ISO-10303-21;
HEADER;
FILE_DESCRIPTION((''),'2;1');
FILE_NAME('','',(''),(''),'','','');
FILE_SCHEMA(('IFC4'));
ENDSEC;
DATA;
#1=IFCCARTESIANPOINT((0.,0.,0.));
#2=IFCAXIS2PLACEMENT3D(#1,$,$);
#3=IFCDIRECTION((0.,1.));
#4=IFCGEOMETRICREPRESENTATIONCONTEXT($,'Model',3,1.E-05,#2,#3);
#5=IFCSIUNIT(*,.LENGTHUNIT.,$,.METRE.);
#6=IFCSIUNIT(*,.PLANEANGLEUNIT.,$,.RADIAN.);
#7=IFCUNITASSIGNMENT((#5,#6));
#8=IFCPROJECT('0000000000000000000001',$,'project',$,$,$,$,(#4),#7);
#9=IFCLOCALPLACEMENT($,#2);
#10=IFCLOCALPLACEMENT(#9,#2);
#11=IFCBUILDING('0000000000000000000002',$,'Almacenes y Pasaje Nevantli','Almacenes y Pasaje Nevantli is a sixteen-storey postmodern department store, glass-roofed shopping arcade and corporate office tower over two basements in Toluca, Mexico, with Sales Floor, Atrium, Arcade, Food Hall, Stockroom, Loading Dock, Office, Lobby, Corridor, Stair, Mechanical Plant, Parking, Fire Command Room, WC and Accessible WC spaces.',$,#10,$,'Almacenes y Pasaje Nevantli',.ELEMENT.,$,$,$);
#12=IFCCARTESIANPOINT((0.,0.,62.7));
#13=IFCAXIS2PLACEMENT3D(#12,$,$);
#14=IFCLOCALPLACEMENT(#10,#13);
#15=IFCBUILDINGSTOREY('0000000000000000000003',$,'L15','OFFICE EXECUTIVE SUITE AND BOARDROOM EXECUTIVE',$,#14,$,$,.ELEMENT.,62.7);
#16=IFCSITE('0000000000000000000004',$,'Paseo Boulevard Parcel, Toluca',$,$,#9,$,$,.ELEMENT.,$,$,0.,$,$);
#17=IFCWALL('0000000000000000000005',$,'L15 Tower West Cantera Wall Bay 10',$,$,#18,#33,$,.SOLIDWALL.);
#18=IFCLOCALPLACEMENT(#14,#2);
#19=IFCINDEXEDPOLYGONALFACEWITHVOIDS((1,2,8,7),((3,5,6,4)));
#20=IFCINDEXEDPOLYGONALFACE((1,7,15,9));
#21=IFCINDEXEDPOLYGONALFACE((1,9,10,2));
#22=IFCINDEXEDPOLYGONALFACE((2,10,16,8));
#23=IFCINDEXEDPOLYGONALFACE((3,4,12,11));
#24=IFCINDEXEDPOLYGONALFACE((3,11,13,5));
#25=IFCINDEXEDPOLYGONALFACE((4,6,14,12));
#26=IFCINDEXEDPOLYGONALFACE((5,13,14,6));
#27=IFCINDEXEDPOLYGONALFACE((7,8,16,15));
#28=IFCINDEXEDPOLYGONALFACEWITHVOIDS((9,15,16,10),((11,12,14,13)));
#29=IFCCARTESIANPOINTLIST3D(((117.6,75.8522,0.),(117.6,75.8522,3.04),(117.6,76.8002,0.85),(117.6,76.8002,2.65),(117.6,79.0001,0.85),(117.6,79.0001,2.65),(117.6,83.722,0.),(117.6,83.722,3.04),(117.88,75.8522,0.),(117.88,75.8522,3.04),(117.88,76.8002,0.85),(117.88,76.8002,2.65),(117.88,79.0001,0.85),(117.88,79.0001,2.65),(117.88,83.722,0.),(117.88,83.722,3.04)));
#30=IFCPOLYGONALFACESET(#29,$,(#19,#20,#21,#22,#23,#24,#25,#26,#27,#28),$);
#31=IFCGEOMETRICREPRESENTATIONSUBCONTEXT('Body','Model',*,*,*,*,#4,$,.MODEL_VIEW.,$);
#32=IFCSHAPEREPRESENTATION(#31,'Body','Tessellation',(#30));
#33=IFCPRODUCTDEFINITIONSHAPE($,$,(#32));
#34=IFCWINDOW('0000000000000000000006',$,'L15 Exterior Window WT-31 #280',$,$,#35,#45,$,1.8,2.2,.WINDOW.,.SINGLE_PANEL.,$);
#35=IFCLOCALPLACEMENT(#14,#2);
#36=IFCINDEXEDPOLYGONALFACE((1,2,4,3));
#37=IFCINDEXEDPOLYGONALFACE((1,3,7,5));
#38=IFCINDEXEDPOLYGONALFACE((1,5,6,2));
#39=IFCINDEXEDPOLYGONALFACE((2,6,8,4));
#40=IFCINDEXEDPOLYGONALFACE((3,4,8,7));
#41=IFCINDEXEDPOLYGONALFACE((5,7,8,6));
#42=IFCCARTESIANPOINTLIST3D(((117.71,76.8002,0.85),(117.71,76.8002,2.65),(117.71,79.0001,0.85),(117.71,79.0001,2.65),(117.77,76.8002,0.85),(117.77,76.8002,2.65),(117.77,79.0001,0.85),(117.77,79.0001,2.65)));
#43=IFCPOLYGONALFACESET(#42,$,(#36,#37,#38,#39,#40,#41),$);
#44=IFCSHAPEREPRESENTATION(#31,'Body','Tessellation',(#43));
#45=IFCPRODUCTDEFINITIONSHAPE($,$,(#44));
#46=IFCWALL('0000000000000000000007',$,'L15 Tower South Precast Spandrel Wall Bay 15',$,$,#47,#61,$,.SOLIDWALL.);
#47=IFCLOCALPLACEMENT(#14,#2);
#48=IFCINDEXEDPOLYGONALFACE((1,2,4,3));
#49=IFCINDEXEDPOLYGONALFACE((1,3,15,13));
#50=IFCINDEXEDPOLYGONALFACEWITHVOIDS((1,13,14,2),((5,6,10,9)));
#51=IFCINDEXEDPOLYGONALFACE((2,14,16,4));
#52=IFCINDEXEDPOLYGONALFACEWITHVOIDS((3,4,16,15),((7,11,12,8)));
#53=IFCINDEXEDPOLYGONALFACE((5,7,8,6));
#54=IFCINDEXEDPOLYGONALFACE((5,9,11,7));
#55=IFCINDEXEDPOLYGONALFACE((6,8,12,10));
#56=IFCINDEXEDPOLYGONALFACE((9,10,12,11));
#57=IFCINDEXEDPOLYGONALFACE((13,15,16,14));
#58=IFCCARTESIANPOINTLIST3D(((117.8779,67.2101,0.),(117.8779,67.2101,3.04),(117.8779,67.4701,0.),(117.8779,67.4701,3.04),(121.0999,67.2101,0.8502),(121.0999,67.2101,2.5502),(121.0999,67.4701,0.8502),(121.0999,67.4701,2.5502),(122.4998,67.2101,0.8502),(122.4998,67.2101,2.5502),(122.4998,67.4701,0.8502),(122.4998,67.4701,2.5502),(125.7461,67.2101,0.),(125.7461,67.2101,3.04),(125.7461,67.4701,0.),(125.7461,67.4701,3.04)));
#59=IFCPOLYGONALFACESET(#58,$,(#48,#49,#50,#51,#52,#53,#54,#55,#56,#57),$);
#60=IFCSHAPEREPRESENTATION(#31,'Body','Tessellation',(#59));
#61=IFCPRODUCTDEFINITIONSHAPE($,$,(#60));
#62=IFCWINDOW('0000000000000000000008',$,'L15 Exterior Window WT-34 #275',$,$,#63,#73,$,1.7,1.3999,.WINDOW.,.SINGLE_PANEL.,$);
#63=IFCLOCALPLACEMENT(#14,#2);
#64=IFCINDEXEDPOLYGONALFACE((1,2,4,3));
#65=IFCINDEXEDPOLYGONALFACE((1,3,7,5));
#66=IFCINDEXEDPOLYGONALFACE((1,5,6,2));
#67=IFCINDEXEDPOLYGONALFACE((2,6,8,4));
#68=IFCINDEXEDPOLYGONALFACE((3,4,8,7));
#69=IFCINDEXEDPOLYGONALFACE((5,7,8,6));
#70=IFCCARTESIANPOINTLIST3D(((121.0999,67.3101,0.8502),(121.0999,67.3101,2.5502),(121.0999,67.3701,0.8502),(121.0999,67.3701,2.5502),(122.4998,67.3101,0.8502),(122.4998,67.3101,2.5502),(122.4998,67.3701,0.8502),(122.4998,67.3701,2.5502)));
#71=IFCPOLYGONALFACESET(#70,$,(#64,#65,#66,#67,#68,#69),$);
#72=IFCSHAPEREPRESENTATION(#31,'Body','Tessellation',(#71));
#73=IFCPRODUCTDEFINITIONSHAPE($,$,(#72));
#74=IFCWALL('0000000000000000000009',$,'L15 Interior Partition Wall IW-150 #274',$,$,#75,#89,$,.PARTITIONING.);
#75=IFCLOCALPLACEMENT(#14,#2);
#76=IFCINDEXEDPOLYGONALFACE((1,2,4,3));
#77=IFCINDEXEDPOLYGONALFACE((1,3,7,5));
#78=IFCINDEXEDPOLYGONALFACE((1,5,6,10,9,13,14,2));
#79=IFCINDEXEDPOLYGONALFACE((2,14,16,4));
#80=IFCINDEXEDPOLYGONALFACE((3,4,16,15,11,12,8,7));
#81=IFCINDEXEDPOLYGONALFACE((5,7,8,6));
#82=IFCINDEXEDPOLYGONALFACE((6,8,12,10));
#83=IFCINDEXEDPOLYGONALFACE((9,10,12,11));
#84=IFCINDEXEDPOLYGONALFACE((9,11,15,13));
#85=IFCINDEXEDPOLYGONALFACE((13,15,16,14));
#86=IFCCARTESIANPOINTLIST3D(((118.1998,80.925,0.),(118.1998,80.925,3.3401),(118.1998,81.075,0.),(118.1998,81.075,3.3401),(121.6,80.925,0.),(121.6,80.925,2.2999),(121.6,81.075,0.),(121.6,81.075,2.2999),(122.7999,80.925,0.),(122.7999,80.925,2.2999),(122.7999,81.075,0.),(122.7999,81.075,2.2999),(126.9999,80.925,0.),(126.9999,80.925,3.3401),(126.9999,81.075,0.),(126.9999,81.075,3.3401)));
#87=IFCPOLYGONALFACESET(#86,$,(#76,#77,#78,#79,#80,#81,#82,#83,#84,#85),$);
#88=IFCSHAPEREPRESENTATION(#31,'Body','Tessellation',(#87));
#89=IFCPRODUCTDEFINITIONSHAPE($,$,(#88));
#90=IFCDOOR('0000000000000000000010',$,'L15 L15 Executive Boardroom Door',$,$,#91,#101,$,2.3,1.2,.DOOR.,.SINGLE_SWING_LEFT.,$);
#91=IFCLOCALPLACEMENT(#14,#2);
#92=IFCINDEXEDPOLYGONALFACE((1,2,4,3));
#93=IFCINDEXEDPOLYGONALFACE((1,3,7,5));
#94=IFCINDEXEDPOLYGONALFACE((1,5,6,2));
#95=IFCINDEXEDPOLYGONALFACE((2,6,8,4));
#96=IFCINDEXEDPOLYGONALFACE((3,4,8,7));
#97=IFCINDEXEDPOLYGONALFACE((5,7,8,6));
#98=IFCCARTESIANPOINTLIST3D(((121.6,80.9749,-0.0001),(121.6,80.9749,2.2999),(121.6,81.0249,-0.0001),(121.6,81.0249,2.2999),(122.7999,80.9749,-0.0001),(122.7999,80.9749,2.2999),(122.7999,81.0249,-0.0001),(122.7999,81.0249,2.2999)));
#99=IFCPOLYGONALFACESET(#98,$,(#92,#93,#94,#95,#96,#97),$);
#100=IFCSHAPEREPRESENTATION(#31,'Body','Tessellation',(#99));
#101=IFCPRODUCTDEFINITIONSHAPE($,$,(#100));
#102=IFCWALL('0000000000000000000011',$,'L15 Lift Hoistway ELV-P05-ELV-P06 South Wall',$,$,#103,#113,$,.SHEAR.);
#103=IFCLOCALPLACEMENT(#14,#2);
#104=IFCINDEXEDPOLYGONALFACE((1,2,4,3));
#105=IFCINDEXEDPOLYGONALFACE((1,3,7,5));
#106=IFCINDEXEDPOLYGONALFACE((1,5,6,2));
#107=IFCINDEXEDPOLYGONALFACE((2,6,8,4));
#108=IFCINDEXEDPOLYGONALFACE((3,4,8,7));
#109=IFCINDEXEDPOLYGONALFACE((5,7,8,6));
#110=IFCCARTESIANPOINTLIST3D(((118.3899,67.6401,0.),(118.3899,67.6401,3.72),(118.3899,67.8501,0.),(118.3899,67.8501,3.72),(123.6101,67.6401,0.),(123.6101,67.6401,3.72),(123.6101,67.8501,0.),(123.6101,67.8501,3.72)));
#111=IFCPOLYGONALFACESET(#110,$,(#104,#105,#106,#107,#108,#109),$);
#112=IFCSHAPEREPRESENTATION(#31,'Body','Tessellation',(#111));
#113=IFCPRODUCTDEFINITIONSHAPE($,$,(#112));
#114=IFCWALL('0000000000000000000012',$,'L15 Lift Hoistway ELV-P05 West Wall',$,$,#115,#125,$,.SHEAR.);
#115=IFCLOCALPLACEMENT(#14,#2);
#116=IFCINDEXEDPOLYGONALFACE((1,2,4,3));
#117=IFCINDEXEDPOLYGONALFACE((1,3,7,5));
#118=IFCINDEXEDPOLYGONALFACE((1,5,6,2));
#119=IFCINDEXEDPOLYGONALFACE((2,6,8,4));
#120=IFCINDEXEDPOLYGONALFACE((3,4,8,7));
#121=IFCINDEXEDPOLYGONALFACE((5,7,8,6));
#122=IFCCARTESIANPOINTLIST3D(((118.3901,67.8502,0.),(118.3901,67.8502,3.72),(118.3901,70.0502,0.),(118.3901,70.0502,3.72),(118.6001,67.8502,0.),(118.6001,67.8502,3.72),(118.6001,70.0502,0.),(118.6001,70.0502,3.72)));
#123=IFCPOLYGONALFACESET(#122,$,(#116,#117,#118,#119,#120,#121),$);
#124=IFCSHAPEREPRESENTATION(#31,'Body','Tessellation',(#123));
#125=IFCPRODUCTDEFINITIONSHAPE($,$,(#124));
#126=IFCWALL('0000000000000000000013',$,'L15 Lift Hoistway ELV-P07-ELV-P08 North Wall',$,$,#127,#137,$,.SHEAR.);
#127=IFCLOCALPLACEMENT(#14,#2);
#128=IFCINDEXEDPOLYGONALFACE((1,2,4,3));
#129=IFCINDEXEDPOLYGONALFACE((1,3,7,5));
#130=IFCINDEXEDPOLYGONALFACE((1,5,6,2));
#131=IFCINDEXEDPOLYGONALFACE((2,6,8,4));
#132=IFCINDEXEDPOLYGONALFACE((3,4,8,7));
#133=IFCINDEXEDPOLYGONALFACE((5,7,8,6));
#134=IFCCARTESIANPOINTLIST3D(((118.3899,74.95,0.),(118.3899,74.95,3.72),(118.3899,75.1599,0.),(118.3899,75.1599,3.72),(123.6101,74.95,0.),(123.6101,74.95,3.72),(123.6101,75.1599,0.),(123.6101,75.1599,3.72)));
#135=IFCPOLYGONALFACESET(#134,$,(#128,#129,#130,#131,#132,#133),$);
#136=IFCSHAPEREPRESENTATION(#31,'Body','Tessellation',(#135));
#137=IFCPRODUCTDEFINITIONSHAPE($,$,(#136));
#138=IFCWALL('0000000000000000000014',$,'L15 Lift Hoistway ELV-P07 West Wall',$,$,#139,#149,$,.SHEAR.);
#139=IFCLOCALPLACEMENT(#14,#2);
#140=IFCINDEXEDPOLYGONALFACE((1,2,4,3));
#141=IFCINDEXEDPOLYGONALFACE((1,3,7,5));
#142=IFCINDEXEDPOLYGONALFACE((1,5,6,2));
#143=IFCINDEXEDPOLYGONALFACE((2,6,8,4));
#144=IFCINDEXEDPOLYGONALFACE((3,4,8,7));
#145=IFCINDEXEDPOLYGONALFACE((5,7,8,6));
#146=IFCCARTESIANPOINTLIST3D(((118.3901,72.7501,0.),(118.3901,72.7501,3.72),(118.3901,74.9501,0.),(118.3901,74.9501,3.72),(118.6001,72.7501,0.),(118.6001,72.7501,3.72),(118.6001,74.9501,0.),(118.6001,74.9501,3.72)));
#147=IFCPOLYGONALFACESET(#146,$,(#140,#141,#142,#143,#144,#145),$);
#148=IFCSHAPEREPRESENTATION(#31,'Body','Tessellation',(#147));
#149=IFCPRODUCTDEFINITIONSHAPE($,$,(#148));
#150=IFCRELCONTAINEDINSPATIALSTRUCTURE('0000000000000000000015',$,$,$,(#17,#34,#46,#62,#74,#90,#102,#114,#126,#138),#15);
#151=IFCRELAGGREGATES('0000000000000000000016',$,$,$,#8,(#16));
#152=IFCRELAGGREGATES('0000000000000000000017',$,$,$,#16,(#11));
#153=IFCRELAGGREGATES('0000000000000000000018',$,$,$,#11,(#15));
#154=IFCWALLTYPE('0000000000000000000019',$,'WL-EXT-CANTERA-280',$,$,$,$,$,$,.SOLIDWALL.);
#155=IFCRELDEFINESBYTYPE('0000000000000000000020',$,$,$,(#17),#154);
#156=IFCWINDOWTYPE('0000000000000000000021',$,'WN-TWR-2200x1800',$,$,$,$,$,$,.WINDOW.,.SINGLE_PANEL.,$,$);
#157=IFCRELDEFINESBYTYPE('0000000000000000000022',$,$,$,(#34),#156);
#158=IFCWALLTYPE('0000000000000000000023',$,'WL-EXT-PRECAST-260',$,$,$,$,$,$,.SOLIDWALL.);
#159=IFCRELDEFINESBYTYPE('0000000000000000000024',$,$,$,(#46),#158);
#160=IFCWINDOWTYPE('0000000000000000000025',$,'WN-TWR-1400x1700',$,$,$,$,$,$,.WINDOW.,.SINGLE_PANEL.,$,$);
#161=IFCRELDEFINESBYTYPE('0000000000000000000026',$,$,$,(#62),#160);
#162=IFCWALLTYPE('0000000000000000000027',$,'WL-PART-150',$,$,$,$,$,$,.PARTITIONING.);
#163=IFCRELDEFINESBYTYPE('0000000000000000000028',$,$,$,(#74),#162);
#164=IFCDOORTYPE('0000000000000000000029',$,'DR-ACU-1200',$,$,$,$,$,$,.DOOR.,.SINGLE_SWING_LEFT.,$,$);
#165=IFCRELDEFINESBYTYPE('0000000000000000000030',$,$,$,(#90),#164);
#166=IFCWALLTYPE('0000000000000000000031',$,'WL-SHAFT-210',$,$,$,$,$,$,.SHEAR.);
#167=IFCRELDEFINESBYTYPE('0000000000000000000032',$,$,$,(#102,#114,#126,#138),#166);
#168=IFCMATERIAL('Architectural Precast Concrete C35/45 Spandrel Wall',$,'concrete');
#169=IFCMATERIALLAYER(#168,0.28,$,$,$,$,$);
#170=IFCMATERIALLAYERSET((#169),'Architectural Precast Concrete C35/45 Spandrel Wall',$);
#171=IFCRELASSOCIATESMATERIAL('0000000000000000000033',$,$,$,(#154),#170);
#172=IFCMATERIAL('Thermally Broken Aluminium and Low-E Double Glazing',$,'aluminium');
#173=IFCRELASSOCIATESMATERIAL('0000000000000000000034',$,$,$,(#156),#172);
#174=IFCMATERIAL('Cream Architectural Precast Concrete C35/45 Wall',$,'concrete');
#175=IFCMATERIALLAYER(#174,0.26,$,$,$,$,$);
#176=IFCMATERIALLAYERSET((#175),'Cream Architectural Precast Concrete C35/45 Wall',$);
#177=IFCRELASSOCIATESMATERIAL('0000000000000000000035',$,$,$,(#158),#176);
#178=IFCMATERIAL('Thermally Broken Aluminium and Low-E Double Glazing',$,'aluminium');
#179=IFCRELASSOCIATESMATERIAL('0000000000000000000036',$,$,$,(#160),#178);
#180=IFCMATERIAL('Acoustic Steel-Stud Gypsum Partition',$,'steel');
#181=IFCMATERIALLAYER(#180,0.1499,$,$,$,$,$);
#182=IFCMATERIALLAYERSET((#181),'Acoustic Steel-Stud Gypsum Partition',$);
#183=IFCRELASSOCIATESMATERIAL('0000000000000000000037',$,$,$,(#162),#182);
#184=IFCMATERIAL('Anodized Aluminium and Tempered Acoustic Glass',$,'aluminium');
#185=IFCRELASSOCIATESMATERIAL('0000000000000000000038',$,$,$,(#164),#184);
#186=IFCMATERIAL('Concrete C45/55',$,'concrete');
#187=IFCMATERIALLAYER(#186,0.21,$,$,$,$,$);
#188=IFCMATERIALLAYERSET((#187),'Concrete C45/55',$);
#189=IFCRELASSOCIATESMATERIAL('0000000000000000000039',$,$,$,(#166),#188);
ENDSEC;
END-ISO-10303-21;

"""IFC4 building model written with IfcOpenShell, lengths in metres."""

from ifc_helpers import new_model, si_unit, direction, frame, frame_2d, origin, place, context, subcontext, project, spatial, rectangle, extrude, material, layer, layer_set, type_object, element, fill, save


model = new_model("IFC4")

# Units and contexts
model_context = context("Model", 3, precision=1e-05, world=origin(), true_north=direction((0.0, 1.0)))
body_context = subcontext(model_context, "Body", "Model", "MODEL_VIEW")
ifc_project = project(units=[si_unit("LENGTHUNIT", "METRE"), si_unit("PLANEANGLEUNIT", "RADIAN")], contexts=[model_context])

# Site, building, storey
site_placement = place(None, origin())
site = spatial("IfcSite", under=ifc_project, at=site_placement, Name="Paseo Boulevard Parcel, Toluca", CompositionType="ELEMENT", RefElevation=0.0)
building_placement = place(site_placement, origin())
building = spatial("IfcBuilding", under=site, at=building_placement, Name="Almacenes y Pasaje Nevantli", Description="Almacenes y Pasaje Nevantli is a sixteen-storey postmodern department store, glass-roofed shopping arcade and corporate office tower over two basements in Toluca, Mexico, with Sales Floor, Atrium, Arcade, Food Hall, Stockroom, Loading Dock, Office, Lobby, Corridor, Stair, Mechanical Plant, Parking, Fire Command Room, WC and Accessible WC spaces.", LongName="Almacenes y Pasaje Nevantli", CompositionType="ELEMENT")
storey_placement = place(building_placement, frame((0.0, 0.0, 62.7)))
storey = spatial("IfcBuildingStorey", under=building, at=storey_placement, Name="L15", Description="OFFICE EXECUTIVE SUITE AND BOARDROOM EXECUTIVE", CompositionType="ELEMENT", Elevation=62.7)

# Walls, openings, windows
ifc_material_1 = material(Name="Architectural Precast Concrete C35/45 Spandrel Wall", Category="concrete")
ifc_layer_1 = layer(ifc_material_1, 0.28)
ifc_layer_set_1 = layer_set([ifc_layer_1], Name="Architectural Precast Concrete C35/45 Spandrel Wall")
wall_type_1 = type_object("IfcWallType", Name="WL-EXT-CANTERA-280", PredefinedType="SOLIDWALL", material=ifc_layer_set_1)
wall_1_placement = place(storey_placement, frame((117.74, 75.8521, 0.0), z_axis=(0.0, 0.0, 1.0), x_axis=(0.0, 1.0, 0.0)))
wall_1 = element("IfcWall", 1, at=wall_1_placement, inside=storey, type_object=wall_type_1, Name="L15 Tower West Cantera Wall Bay 10", PredefinedType="SOLIDWALL", context=body_context, shape_type="SweptSolid", body=[
    extrude(rectangle(XDim=7.8699, YDim=0.28, at=frame_2d((3.9351, 0.0))), origin(), (0.0, 0.0, 1.0), 3.04),
])
opening_1_placement = place(wall_1_placement, frame((0.948, 0.0, 0.8501)))
opening_1 = element("IfcOpeningElement", 2, at=opening_1_placement, cuts=wall_1, PredefinedType="OPENING", context=body_context, shape_type="SweptSolid", body=[
    extrude(rectangle(XDim=2.2, YDim=1.8, at=frame_2d((1.1001, 0.8999))), frame((0.0, 0.1499, 0.0), z_axis=(0.0, -1.0, 0.0), x_axis=(1.0, 0.0, 0.0)), (0.0, 0.0, 1.0), 0.3),
])
ifc_material_2 = material(Name="Thermally Broken Aluminium and Low-E Double Glazing", Category="aluminium")
window_type_1 = type_object("IfcWindowType", Name="WN-TWR-2200x1800", PartitioningType="SINGLE_PANEL", PredefinedType="WINDOW", material=ifc_material_2)
window_1_placement = place(opening_1_placement, origin())
window_1 = element("IfcWindow", 3, at=window_1_placement, inside=storey, type_object=window_type_1, Name="L15 Exterior Window WT-31 #280", OverallHeight=1.8, OverallWidth=2.2, PartitioningType="SINGLE_PANEL", PredefinedType="WINDOW", context=body_context, shape_type="SweptSolid", body=[
    extrude(rectangle(XDim=2.2, YDim=1.8, at=frame_2d((1.1001, 0.8999))), frame((0.0, 0.03, 0.0), z_axis=(0.0, -1.0, 0.0), x_axis=(1.0, 0.0, 0.0)), (0.0, 0.0, 1.0), 0.0601),
])
fill(opening_1, window_1)
ifc_material_3 = material(Name="Cream Architectural Precast Concrete C35/45 Wall", Category="concrete")
ifc_layer_2 = layer(ifc_material_3, 0.26)
ifc_layer_set_2 = layer_set([ifc_layer_2], Name="Cream Architectural Precast Concrete C35/45 Wall")
wall_type_2 = type_object("IfcWallType", Name="WL-EXT-PRECAST-260", PredefinedType="SOLIDWALL", material=ifc_layer_set_2)
wall_2_placement = place(storey_placement, frame((117.8779, 67.3401, 0.0), z_axis=(0.0, 0.0, 1.0), x_axis=(1.0, 0.0, 0.0)))
wall_2 = element("IfcWall", 4, at=wall_2_placement, inside=storey, type_object=wall_type_2, Name="L15 Tower South Precast Spandrel Wall Bay 15", PredefinedType="SOLIDWALL", context=body_context, shape_type="SweptSolid", body=[
    extrude(rectangle(XDim=7.8682, YDim=0.26, at=frame_2d((3.9341, 0.0))), origin(), (0.0, 0.0, 1.0), 3.04),
])
opening_2_placement = place(wall_2_placement, frame((3.2219, 0.0, 0.8501)))
opening_2 = element("IfcOpeningElement", 5, at=opening_2_placement, cuts=wall_2, PredefinedType="OPENING", context=body_context, shape_type="SweptSolid", body=[
    extrude(rectangle(XDim=1.3999, YDim=1.7, at=frame_2d((0.7, 0.8501))), frame((0.0, 0.1399, 0.0), z_axis=(0.0, -1.0, 0.0), x_axis=(1.0, 0.0, 0.0)), (0.0, 0.0, 1.0), 0.28),
])
ifc_material_4 = material(Name="Thermally Broken Aluminium and Low-E Double Glazing", Category="aluminium")
window_type_2 = type_object("IfcWindowType", Name="WN-TWR-1400x1700", PartitioningType="SINGLE_PANEL", PredefinedType="WINDOW", material=ifc_material_4)
window_2_placement = place(opening_2_placement, origin())
window_2 = element("IfcWindow", 6, at=window_2_placement, inside=storey, type_object=window_type_2, Name="L15 Exterior Window WT-34 #275", OverallHeight=1.7, OverallWidth=1.3999, PartitioningType="SINGLE_PANEL", PredefinedType="WINDOW", context=body_context, shape_type="SweptSolid", body=[
    extrude(rectangle(XDim=1.3999, YDim=1.7, at=frame_2d((0.7, 0.8501))), frame((0.0, 0.03, 0.0), z_axis=(0.0, -1.0, 0.0), x_axis=(1.0, 0.0, 0.0)), (0.0, 0.0, 1.0), 0.0601),
])
fill(opening_2, window_2)

# Wall, opening, door
ifc_material_5 = material(Name="Acoustic Steel-Stud Gypsum Partition", Category="steel")
ifc_layer_3 = layer(ifc_material_5, 0.1499)
ifc_layer_set_3 = layer_set([ifc_layer_3], Name="Acoustic Steel-Stud Gypsum Partition")
wall_type_3 = type_object("IfcWallType", Name="WL-PART-150", PredefinedType="PARTITIONING", material=ifc_layer_set_3)
wall_3_placement = place(storey_placement, frame((118.2, 81.0, 0.0), z_axis=(0.0, 0.0, 1.0), x_axis=(1.0, 0.0, 0.0)))
wall_3 = element("IfcWall", 7, at=wall_3_placement, inside=storey, type_object=wall_type_3, Name="L15 Interior Partition Wall IW-150 #274", PredefinedType="PARTITIONING", context=body_context, shape_type="SweptSolid", body=[
    extrude(rectangle(XDim=8.8, YDim=0.1499, at=frame_2d((4.3999, 0.0))), origin(), (0.0, 0.0, 1.0), 3.3401),
])
opening_3_placement = place(wall_3_placement, frame((3.3999, 0.0, 0.0)))
opening_3 = element("IfcOpeningElement", 8, at=opening_3_placement, cuts=wall_3, PredefinedType="OPENING", context=body_context, shape_type="SweptSolid", body=[
    extrude(rectangle(XDim=1.2, YDim=2.3, at=frame_2d((0.6001, 1.1499))), frame((0.0, 0.085, 0.0), z_axis=(0.0, -1.0, 0.0), x_axis=(1.0, 0.0, 0.0)), (0.0, 0.0, 1.0), 0.1699),
])
ifc_material_6 = material(Name="Anodized Aluminium and Tempered Acoustic Glass", Category="aluminium")
door_type_1 = type_object("IfcDoorType", Name="DR-ACU-1200", OperationType="SINGLE_SWING_LEFT", PredefinedType="DOOR", material=ifc_material_6)
door_1_placement = place(opening_3_placement, origin())
door_1 = element("IfcDoor", 9, at=door_1_placement, inside=storey, type_object=door_type_1, Name="L15 L15 Executive Boardroom Door", OperationType="SINGLE_SWING_LEFT", OverallHeight=2.3, OverallWidth=1.2, PredefinedType="DOOR", context=body_context, shape_type="SweptSolid", body=[
    extrude(rectangle(XDim=1.2, YDim=2.3, at=frame_2d((0.6001, 1.1499))), frame((0.0, 0.0249, 0.0), z_axis=(0.0, -1.0, 0.0), x_axis=(1.0, 0.0, 0.0)), (0.0, 0.0, 1.0), 0.05),
])
fill(opening_3, door_1)

# Wall
ifc_material_7 = material(Name="Concrete C45/55", Category="concrete")
ifc_layer_4 = layer(ifc_material_7, 0.21)
ifc_layer_set_4 = layer_set([ifc_layer_4], Name="Concrete C45/55")
wall_type_4 = type_object("IfcWallType", Name="WL-SHAFT-210", PredefinedType="SHEAR", material=ifc_layer_set_4)
wall_4_placement = place(storey_placement, frame((118.3899, 67.7451, 0.0), z_axis=(0.0, 0.0, 1.0), x_axis=(1.0, 0.0, 0.0)))
element("IfcWall", 10, at=wall_4_placement, inside=storey, type_object=wall_type_4, Name="L15 Lift Hoistway ELV-P05-ELV-P06 South Wall", PredefinedType="SHEAR", context=body_context, shape_type="SweptSolid", body=[
    extrude(rectangle(XDim=5.2202, YDim=0.21, at=frame_2d((2.6101, 0.0))), origin(), (0.0, 0.0, 1.0), 3.72),
])

# Wall
wall_5_placement = place(storey_placement, frame((118.4951, 67.8501, 0.0), z_axis=(0.0, 0.0, 1.0), x_axis=(0.0, 1.0, 0.0)))
element("IfcWall", 11, at=wall_5_placement, inside=storey, type_object=wall_type_4, Name="L15 Lift Hoistway ELV-P05 West Wall", PredefinedType="SHEAR", context=body_context, shape_type="SweptSolid", body=[
    extrude(rectangle(XDim=2.2, YDim=0.21, at=frame_2d((1.1001, 0.0))), origin(), (0.0, 0.0, 1.0), 3.72),
])

# Walls
wall_6_placement = place(storey_placement, frame((118.3899, 75.0549, 0.0), z_axis=(0.0, 0.0, 1.0), x_axis=(1.0, 0.0, 0.0)))
element("IfcWall", 12, at=wall_6_placement, inside=storey, type_object=wall_type_4, Name="L15 Lift Hoistway ELV-P07-ELV-P08 North Wall", PredefinedType="SHEAR", context=body_context, shape_type="SweptSolid", body=[
    extrude(rectangle(XDim=5.2202, YDim=0.21, at=frame_2d((2.6101, 0.0))), origin(), (0.0, 0.0, 1.0), 3.72),
])
wall_7_placement = place(storey_placement, frame((118.4951, 72.75, 0.0), z_axis=(0.0, 0.0, 1.0), x_axis=(0.0, 1.0, 0.0)))
element("IfcWall", 13, at=wall_7_placement, inside=storey, type_object=wall_type_4, Name="L15 Lift Hoistway ELV-P07 West Wall", PredefinedType="SHEAR", context=body_context, shape_type="SweptSolid", body=[
    extrude(rectangle(XDim=2.2, YDim=0.21, at=frame_2d((1.1001, 0.0))), origin(), (0.0, 0.0, 1.0), 3.72),
])

save(model, "model.ifc")
